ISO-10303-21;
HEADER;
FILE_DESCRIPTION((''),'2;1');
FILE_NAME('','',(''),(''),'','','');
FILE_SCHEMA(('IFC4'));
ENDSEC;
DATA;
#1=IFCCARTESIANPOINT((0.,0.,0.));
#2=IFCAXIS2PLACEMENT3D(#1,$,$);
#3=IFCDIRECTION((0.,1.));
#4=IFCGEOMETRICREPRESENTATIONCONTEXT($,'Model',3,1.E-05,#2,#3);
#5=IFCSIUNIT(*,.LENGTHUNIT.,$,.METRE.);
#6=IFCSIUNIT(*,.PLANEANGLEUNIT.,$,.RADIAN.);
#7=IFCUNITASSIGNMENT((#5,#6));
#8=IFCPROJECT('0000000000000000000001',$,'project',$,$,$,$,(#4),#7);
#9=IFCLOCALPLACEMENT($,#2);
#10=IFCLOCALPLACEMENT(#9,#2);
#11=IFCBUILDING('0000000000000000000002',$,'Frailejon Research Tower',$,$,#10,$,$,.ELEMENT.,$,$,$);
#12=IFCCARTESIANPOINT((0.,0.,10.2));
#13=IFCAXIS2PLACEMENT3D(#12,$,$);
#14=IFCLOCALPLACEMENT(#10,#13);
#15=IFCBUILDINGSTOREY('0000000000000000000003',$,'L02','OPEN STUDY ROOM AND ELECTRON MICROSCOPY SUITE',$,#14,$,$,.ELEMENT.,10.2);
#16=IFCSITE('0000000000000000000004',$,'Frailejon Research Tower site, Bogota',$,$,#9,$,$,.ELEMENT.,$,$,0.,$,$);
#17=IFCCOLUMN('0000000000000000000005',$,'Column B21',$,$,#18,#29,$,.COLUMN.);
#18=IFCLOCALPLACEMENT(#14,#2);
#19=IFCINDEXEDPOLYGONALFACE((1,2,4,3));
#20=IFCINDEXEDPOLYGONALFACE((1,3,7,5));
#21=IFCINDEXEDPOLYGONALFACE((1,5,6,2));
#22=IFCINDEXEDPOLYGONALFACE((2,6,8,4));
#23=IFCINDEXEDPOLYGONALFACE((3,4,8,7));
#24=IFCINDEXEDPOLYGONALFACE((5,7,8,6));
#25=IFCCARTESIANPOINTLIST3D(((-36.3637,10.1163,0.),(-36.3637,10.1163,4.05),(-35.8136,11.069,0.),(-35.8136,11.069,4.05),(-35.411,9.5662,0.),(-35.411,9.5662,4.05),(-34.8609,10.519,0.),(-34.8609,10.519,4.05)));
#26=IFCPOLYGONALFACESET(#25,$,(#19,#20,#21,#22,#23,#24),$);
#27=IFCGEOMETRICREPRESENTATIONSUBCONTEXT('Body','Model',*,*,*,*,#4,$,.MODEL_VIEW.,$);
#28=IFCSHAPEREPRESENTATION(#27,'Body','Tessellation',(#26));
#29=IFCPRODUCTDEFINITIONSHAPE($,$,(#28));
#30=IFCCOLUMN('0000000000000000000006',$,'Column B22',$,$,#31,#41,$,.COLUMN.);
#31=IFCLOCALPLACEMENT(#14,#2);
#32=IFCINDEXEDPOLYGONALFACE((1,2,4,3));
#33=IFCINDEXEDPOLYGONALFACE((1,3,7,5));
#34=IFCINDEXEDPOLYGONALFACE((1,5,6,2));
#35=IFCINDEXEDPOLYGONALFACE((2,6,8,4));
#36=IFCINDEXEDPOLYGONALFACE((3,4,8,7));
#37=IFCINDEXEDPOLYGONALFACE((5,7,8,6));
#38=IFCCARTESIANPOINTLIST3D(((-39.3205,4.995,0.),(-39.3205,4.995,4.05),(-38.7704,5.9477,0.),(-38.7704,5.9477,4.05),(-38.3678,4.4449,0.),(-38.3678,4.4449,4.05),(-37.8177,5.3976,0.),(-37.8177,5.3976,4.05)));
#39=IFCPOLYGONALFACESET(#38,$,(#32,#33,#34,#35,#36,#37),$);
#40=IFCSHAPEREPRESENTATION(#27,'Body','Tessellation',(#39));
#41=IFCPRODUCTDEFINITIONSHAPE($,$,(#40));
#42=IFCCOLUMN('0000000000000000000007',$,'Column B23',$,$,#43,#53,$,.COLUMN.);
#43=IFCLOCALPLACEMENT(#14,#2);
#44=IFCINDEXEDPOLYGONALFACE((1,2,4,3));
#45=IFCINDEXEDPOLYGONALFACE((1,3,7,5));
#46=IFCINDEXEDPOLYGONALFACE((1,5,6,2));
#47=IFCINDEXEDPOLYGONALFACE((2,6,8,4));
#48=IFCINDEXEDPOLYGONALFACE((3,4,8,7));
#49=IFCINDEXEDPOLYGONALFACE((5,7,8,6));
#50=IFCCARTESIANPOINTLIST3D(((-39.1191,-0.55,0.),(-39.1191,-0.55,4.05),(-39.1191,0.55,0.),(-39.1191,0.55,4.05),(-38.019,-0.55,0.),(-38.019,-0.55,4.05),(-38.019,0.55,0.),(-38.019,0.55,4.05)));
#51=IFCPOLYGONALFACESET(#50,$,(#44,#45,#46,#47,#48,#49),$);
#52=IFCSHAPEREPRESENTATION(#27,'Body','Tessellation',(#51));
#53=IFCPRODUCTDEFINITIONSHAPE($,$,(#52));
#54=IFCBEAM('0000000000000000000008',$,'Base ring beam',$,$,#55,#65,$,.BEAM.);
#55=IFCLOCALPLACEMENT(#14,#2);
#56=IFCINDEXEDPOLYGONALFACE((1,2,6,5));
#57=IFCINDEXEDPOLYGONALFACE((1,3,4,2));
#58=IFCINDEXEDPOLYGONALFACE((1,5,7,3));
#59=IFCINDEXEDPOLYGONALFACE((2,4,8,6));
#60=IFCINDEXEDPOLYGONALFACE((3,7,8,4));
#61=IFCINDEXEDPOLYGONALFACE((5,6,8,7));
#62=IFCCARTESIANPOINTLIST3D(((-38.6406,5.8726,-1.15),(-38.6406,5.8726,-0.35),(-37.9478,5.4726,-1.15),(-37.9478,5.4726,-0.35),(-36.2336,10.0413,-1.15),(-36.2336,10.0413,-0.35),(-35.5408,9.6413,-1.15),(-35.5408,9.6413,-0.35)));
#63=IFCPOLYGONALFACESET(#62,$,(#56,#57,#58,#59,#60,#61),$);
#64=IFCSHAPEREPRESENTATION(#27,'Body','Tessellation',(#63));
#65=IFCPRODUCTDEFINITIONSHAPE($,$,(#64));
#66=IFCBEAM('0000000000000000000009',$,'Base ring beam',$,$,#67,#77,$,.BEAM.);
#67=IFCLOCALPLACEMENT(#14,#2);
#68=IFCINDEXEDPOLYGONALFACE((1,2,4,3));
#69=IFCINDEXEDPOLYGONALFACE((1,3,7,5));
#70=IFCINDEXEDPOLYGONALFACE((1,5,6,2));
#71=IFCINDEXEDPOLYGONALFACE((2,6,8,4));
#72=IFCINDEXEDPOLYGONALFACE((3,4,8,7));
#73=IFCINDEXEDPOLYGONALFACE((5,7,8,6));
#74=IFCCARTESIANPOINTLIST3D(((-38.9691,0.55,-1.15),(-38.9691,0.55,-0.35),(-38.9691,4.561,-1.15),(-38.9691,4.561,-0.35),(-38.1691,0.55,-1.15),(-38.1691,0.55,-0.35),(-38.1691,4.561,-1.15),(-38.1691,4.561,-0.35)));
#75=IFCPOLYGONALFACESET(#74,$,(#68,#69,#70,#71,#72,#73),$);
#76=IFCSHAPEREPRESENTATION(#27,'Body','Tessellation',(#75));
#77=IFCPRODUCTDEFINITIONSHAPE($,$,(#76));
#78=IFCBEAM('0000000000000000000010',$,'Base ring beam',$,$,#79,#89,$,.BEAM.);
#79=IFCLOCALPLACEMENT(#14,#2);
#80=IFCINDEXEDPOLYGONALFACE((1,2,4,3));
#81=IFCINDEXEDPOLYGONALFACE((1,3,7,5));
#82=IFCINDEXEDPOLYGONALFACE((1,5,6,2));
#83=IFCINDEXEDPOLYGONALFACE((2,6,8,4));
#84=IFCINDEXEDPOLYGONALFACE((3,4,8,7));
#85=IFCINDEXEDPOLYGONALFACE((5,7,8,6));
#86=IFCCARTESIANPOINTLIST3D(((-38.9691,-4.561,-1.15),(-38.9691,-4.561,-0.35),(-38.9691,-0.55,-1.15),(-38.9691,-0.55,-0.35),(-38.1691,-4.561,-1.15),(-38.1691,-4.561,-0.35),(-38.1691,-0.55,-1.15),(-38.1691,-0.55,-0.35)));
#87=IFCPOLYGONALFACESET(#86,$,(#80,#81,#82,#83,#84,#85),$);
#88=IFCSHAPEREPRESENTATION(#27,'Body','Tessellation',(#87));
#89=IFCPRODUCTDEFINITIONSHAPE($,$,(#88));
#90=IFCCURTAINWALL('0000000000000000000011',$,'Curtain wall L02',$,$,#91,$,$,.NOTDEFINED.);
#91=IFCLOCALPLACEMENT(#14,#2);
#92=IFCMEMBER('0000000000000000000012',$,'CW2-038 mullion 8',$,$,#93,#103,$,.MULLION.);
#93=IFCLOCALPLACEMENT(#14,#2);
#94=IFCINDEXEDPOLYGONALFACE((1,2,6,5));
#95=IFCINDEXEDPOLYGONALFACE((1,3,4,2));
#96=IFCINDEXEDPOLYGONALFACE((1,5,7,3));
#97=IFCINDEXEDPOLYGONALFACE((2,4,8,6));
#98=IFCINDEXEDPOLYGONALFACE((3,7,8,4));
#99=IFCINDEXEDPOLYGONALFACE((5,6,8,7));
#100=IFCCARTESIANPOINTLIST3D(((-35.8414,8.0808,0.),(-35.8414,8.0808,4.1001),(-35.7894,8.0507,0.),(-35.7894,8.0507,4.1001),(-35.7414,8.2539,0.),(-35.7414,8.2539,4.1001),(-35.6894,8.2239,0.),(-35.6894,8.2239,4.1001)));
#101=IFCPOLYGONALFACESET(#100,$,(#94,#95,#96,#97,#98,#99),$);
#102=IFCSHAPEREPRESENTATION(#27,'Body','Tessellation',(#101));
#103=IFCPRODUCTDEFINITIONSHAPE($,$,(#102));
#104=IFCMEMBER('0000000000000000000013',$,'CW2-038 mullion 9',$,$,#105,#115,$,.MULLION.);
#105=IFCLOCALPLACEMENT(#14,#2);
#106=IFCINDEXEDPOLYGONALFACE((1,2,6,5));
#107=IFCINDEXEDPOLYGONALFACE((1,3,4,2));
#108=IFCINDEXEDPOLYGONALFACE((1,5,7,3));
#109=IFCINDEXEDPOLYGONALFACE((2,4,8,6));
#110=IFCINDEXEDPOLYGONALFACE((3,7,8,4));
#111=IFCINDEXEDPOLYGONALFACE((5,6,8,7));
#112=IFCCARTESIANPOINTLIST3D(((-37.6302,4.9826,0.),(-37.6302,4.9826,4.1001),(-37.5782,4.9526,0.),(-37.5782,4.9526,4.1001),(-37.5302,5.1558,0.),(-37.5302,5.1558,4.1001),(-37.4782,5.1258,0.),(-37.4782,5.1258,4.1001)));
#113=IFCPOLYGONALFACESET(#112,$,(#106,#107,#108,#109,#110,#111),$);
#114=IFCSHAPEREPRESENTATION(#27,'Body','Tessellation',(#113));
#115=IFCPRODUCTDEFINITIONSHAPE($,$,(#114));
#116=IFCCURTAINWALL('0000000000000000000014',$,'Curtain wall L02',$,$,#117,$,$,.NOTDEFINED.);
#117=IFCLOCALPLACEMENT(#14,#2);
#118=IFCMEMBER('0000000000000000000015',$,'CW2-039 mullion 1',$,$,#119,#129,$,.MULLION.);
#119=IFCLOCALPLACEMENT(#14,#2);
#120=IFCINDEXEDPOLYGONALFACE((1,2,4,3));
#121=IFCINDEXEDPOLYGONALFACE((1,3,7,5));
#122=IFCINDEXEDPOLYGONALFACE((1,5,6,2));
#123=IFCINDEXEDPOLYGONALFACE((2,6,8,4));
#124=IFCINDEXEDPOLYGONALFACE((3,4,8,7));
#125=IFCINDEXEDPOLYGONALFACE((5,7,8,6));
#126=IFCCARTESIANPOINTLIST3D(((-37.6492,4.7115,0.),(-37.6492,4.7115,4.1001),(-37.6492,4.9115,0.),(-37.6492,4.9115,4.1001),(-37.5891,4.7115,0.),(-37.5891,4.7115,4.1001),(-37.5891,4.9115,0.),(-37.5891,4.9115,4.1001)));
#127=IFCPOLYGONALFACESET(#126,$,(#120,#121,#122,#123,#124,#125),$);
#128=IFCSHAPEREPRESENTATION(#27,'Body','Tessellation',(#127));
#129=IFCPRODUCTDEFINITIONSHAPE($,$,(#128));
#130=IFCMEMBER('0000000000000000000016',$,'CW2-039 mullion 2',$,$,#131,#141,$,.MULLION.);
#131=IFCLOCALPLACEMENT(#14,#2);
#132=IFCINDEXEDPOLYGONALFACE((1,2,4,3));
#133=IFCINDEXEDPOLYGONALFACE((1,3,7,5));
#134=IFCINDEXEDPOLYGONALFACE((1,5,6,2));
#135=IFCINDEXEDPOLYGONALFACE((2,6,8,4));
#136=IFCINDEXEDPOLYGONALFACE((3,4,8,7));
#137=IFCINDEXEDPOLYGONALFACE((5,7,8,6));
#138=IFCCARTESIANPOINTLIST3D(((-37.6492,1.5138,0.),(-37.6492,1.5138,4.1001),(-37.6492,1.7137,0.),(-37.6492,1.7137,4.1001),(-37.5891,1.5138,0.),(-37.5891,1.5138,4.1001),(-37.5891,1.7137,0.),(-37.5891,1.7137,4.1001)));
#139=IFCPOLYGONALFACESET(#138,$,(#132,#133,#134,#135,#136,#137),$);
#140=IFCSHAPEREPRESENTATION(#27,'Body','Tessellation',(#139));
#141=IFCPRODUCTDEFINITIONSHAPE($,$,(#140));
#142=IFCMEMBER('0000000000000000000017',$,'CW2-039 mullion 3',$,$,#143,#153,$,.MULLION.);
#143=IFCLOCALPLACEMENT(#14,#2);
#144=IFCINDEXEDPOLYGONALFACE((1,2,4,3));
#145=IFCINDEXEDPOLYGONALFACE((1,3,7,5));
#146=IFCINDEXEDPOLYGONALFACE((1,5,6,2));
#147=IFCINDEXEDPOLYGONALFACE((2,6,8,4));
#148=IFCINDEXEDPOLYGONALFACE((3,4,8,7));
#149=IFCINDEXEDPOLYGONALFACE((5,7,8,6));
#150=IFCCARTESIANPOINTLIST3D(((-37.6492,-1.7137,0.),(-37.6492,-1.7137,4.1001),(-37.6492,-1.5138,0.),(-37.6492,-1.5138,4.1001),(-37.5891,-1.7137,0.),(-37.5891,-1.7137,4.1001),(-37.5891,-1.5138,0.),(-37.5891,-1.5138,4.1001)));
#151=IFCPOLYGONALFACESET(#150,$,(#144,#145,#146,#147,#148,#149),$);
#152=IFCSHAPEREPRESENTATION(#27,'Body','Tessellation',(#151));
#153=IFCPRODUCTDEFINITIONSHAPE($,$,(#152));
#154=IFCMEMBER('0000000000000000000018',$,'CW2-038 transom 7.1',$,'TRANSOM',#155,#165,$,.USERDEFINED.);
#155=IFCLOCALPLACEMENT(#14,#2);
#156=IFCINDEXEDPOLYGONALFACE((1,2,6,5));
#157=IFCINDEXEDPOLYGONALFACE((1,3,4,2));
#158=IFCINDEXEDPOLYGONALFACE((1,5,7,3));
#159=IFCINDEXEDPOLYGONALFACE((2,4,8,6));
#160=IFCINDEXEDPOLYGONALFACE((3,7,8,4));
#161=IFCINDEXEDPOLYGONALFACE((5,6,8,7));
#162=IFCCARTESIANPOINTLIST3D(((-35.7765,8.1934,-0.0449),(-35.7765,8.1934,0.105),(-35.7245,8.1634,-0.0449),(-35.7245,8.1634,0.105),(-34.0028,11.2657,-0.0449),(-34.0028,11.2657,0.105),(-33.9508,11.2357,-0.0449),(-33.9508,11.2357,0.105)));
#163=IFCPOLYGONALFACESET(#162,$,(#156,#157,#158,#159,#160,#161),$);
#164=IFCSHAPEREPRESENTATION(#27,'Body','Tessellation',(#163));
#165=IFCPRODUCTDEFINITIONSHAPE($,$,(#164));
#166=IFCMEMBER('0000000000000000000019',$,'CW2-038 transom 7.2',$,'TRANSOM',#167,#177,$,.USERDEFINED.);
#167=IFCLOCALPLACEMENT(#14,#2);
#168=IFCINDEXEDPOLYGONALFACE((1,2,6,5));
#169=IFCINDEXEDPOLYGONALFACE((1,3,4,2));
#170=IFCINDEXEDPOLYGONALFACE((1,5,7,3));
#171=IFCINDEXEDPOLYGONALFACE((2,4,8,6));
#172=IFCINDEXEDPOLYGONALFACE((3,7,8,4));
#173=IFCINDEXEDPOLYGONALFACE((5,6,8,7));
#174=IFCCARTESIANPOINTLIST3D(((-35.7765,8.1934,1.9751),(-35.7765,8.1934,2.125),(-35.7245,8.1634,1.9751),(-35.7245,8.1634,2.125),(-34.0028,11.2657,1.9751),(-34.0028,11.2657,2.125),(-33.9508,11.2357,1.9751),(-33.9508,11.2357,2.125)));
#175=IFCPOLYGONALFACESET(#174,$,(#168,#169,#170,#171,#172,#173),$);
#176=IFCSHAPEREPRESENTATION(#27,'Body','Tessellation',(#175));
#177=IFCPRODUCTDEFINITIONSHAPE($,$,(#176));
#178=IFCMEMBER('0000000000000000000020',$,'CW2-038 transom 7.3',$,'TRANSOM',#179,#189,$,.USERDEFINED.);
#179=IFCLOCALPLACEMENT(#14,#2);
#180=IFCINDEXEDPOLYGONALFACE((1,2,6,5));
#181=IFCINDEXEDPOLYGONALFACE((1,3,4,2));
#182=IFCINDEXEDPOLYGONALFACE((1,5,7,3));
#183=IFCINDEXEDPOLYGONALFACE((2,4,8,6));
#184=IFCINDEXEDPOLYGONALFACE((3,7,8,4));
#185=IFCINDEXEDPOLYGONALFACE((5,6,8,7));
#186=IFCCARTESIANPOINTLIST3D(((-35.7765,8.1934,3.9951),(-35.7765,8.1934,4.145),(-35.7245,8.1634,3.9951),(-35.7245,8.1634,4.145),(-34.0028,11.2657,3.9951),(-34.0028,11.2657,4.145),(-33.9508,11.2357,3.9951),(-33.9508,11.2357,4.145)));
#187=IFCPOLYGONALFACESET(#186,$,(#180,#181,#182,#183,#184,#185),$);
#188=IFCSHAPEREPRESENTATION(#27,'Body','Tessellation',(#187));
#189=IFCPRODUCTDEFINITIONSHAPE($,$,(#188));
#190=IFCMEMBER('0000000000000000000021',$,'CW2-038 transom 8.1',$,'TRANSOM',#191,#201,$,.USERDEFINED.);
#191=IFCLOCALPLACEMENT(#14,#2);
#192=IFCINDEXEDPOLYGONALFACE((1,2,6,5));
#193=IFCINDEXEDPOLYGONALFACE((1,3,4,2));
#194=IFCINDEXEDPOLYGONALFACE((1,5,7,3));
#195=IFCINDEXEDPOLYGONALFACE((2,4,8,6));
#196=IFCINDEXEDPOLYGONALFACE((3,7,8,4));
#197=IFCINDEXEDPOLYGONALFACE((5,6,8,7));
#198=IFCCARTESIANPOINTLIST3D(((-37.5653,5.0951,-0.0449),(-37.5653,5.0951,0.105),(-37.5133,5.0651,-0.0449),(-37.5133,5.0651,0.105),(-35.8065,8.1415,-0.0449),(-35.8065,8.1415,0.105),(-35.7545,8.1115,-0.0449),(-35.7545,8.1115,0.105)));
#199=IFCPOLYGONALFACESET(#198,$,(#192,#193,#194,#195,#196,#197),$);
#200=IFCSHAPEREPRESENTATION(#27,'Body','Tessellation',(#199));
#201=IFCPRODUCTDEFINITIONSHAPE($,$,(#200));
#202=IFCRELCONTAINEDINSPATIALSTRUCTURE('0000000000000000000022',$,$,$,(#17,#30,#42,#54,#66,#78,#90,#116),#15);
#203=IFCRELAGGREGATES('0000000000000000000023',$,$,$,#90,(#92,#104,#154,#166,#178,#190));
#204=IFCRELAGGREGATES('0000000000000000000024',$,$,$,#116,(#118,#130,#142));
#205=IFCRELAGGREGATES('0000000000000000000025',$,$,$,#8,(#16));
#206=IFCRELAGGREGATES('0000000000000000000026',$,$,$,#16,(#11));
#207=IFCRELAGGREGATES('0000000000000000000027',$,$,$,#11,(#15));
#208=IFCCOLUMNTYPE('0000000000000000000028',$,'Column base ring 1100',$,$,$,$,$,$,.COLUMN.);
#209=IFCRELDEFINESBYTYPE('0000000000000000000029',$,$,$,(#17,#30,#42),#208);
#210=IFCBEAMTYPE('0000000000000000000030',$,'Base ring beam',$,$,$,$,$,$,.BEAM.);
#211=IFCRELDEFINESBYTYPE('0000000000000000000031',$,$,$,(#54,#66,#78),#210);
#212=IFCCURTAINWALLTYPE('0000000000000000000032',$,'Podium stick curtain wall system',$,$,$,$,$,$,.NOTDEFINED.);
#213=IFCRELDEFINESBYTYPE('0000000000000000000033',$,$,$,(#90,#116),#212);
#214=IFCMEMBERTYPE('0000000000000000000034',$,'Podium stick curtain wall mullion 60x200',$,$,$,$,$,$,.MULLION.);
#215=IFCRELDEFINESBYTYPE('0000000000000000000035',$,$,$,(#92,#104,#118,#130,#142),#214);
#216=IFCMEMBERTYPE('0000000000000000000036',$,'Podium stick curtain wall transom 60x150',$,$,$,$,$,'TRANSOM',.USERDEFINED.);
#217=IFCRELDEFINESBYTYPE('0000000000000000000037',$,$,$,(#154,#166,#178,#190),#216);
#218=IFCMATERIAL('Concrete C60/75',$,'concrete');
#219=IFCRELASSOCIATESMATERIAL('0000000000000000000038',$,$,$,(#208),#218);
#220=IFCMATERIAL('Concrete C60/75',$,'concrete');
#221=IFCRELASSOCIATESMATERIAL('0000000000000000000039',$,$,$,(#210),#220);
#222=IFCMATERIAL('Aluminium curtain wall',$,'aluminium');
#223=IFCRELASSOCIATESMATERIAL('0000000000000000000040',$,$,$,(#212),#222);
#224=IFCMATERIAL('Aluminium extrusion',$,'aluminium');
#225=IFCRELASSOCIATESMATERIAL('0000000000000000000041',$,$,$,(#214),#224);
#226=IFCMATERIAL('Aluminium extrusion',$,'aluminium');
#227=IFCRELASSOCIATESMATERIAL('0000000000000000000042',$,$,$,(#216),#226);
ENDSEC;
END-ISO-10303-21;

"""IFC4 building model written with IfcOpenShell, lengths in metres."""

from ifc_helpers import new_model, si_unit, direction, frame, origin, origin_2d, place, context, subcontext, project, spatial, rectangle, extrude, material, material_profile, profile_set, type_object, element, aggregate, save


model = new_model("IFC4")

# Units and contexts
model_context = context("Model", 3, precision=1e-05, world=origin(), true_north=direction((0.0, 1.0)))
body_context = subcontext(model_context, "Body", "Model", "MODEL_VIEW")
ifc_project = project(units=[si_unit("LENGTHUNIT", "METRE"), si_unit("PLANEANGLEUNIT", "RADIAN")], contexts=[model_context])

# Site, building, storey
site_placement = place(None, origin())
site = spatial("IfcSite", under=ifc_project, at=site_placement, Name="Frailejon Research Tower site, Bogota", CompositionType="ELEMENT", RefElevation=0.0)
building_placement = place(site_placement, origin())
building = spatial("IfcBuilding", under=site, at=building_placement, Name="Frailejon Research Tower", CompositionType="ELEMENT")
storey_placement = place(building_placement, frame((0.0, 0.0, 10.2)))
storey = spatial("IfcBuildingStorey", under=building, at=storey_placement, Name="L02", Description="OPEN STUDY ROOM AND ELECTRON MICROSCOPY SUITE", CompositionType="ELEMENT", Elevation=10.2)

# Columns
ifc_material_1 = material(Name="Concrete C60/75", Category="concrete")
ifc_material_profile_1 = material_profile(ifc_material_1, rectangle(XDim=1.1001, YDim=1.1001, at=origin_2d()), Name="Column base ring 1100")
ifc_profile_set_1 = profile_set([ifc_material_profile_1], Name="Concrete C60/75")
column_type = type_object("IfcColumnType", Name="Column base ring 1100", PredefinedType="COLUMN", material=ifc_profile_set_1)
for number, where, z_axis, x_axis, name in (
    (1, (-35.6123, 10.3176, 0.0), (0.0, 0.0, 1.0), (-0.5, -0.866025, 0.0), "Column B21"),
    (2, (-38.5691, 5.1963, 0.0), (0.0, 0.0, 1.0), (-0.5, -0.866025, 0.0), "Column B22"),
    (3, (-38.5691, 0.0, 0.0), (0.0, 0.0, 1.0), (0.0, -1.0, 0.0), "Column B23"),
):
    element("IfcColumn", number, at=place(storey_placement, frame(where, z_axis=z_axis, x_axis=x_axis)), inside=storey, type_object=column_type, Name=name, PredefinedType="COLUMN", context=body_context, shape_type="SweptSolid", body=[
        extrude(rectangle(XDim=1.1001, YDim=1.1001, at=origin_2d()), origin(), (0.0, 0.0, 1.0), 4.05),
    ])

# Beams
ifc_material_2 = material(Name="Concrete C60/75", Category="concrete")
ifc_material_profile_2 = material_profile(ifc_material_2, rectangle(XDim=0.8, YDim=0.8, at=origin_2d()), Name="Base ring beam")
ifc_profile_set_2 = profile_set([ifc_material_profile_2], Name="Concrete C60/75")
beam_type = type_object("IfcBeamType", Name="Base ring beam", PredefinedType="BEAM", material=ifc_profile_set_2)
beam_placement = place(storey_placement, frame((-35.8872, 9.8413, -0.75), z_axis=(-0.500028, -0.866009, 0.0), x_axis=(0.866009, -0.500028, 0.0)))
element("IfcBeam", 4, at=beam_placement, inside=storey, type_object=beam_type, Name="Base ring beam", PredefinedType="BEAM", context=body_context, shape_type="SweptSolid", body=[
    extrude(rectangle(XDim=0.8, YDim=0.8, at=origin_2d()), origin(), (0.0, 0.0, 1.0), 4.8137),
])
for number, where, z_axis, x_axis, name in (
    (5, (-38.5691, 4.561, -0.75), (0.0, -1.0, 0.0), (1.0, 0.0, 0.0), "Base ring beam"),
    (6, (-38.5691, -0.55, -0.75), (0.0, -1.0, 0.0), (1.0, 0.0, 0.0), "Base ring beam"),
):
    element("IfcBeam", number, at=place(storey_placement, frame(where, z_axis=z_axis, x_axis=x_axis)), inside=storey, type_object=beam_type, Name=name, PredefinedType="BEAM", context=body_context, shape_type="SweptSolid", body=[
        extrude(rectangle(XDim=0.8, YDim=0.8, at=origin_2d()), origin(), (0.0, 0.0, 1.0), 4.011),
    ])

# Curtain walls, members
ifc_material_3 = material(Name="Aluminium curtain wall", Category="aluminium")
curtain_wall_type = type_object("IfcCurtainWallType", Name="Podium stick curtain wall system", PredefinedType="NOTDEFINED", material=ifc_material_3)
curtain_wall_1_placement = place(storey_placement, origin())
curtain_wall_1 = element("IfcCurtainWall", 7, at=curtain_wall_1_placement, inside=storey, type_object=curtain_wall_type, Name="Curtain wall L02", PredefinedType="NOTDEFINED")
ifc_material_4 = material(Name="Aluminium extrusion", Category="aluminium")
ifc_material_profile_3 = material_profile(ifc_material_4, rectangle(XDim=0.0601, YDim=0.2, at=origin_2d()), Name="Podium stick curtain wall mullion 60x200")
ifc_profile_set_3 = profile_set([ifc_material_profile_3], Name="Aluminium extrusion")
member_type_1 = type_object("IfcMemberType", Name="Podium stick curtain wall mullion 60x200", PredefinedType="MULLION", material=ifc_profile_set_3)
member_1_placement = place(storey_placement, frame((-35.7654, 8.1523, 0.0), z_axis=(0.0, 0.0, 1.0), x_axis=(0.866026, -0.499998, 0.0)))
member_1 = element("IfcMember", 8, at=member_1_placement, type_object=member_type_1, Name="CW2-038 mullion 8", PredefinedType="MULLION", context=body_context, shape_type="SweptSolid", body=[
    extrude(rectangle(XDim=0.0601, YDim=0.2, at=origin_2d()), origin(), (0.0, 0.0, 1.0), 4.1001),
])
member_2_placement = place(storey_placement, frame((-37.5542, 5.0542, 0.0), z_axis=(0.0, 0.0, 1.0), x_axis=(0.866026, -0.499998, 0.0)))
member_2 = element("IfcMember", 9, at=member_2_placement, type_object=member_type_1, Name="CW2-038 mullion 9", PredefinedType="MULLION", context=body_context, shape_type="SweptSolid", body=[
    extrude(rectangle(XDim=0.0601, YDim=0.2, at=origin_2d()), origin(), (0.0, 0.0, 1.0), 4.1001),
])
curtain_wall_2_placement = place(storey_placement, origin())
curtain_wall_2 = element("IfcCurtainWall", 10, at=curtain_wall_2_placement, inside=storey, type_object=curtain_wall_type, Name="Curtain wall L02", PredefinedType="NOTDEFINED")
member_3_placement = place(storey_placement, frame((-37.6191, 4.8115, 0.0), z_axis=(0.0, 0.0, 1.0), x_axis=(1.0, 0.0, 0.0)))
member_3 = element("IfcMember", 11, at=member_3_placement, type_object=member_type_1, Name="CW2-039 mullion 1", PredefinedType="MULLION", context=body_context, shape_type="SweptSolid", body=[
    extrude(rectangle(XDim=0.0601, YDim=0.2, at=origin_2d()), origin(), (0.0, 0.0, 1.0), 4.1001),
])
member_4_placement = place(storey_placement, frame((-37.6191, 1.6138, 0.0), z_axis=(0.0, 0.0, 1.0), x_axis=(1.0, 0.0, 0.0)))
member_4 = element("IfcMember", 12, at=member_4_placement, type_object=member_type_1, Name="CW2-039 mullion 2", PredefinedType="MULLION", context=body_context, shape_type="SweptSolid", body=[
    extrude(rectangle(XDim=0.0601, YDim=0.2, at=origin_2d()), origin(), (0.0, 0.0, 1.0), 4.1001),
])
member_5_placement = place(storey_placement, frame((-37.6191, -1.6138, 0.0), z_axis=(0.0, 0.0, 1.0), x_axis=(1.0, 0.0, 0.0)))
member_5 = element("IfcMember", 13, at=member_5_placement, type_object=member_type_1, Name="CW2-039 mullion 3", PredefinedType="MULLION", context=body_context, shape_type="SweptSolid", body=[
    extrude(rectangle(XDim=0.0601, YDim=0.2, at=origin_2d()), origin(), (0.0, 0.0, 1.0), 4.1001),
])

# Members
ifc_material_5 = material(Name="Aluminium extrusion", Category="aluminium")
ifc_material_profile_4 = material_profile(ifc_material_5, rectangle(XDim=0.0601, YDim=0.1499, at=origin_2d()), Name="Podium stick curtain wall transom 60x150")
ifc_profile_set_4 = profile_set([ifc_material_profile_4], Name="Aluminium extrusion")
member_type_2 = type_object("IfcMemberType", Name="Podium stick curtain wall transom 60x150", ElementType="TRANSOM", PredefinedType="USERDEFINED", material=ifc_profile_set_4)
member_6_placement = place(storey_placement, frame((-33.9768, 11.2507, 0.03), z_axis=(-0.499981, -0.866037, 0.0), x_axis=(0.866037, -0.499981, 0.0)))
member_6 = element("IfcMember", 14, at=member_6_placement, type_object=member_type_2, Name="CW2-038 transom 7.1", ObjectType="TRANSOM", PredefinedType="USERDEFINED", context=body_context, shape_type="SweptSolid", body=[
    extrude(rectangle(XDim=0.0601, YDim=0.1499, at=origin_2d()), origin(), (0.0, 0.0, 1.0), 3.5476),
])
member_7_placement = place(storey_placement, frame((-33.9768, 11.2507, 2.05), z_axis=(-0.499981, -0.866037, 0.0), x_axis=(0.866037, -0.499981, 0.0)))
member_7 = element("IfcMember", 15, at=member_7_placement, type_object=member_type_2, Name="CW2-038 transom 7.2", ObjectType="TRANSOM", PredefinedType="USERDEFINED", context=body_context, shape_type="SweptSolid", body=[
    extrude(rectangle(XDim=0.0601, YDim=0.1499, at=origin_2d()), origin(), (0.0, 0.0, 1.0), 3.5476),
])
member_8_placement = place(storey_placement, frame((-33.9768, 11.2507, 4.0701), z_axis=(-0.499981, -0.866037, 0.0), x_axis=(0.866037, -0.499981, 0.0)))
member_8 = element("IfcMember", 16, at=member_8_placement, type_object=member_type_2, Name="CW2-038 transom 7.3", ObjectType="TRANSOM", PredefinedType="USERDEFINED", context=body_context, shape_type="SweptSolid", body=[
    extrude(rectangle(XDim=0.0601, YDim=0.1499, at=origin_2d()), origin(), (0.0, 0.0, 1.0), 3.5476),
])
member_9_placement = place(storey_placement, frame((-35.7805, 8.1265, 0.03), z_axis=(-0.499991, -0.866031, 0.0), x_axis=(0.866031, -0.499991, 0.0)))
member_9 = element("IfcMember", 17, at=member_9_placement, type_object=member_type_2, Name="CW2-038 transom 8.1", ObjectType="TRANSOM", PredefinedType="USERDEFINED", context=body_context, shape_type="SweptSolid", body=[
    extrude(rectangle(XDim=0.0601, YDim=0.1499, at=origin_2d()), origin(), (0.0, 0.0, 1.0), 3.5176),
])

aggregate(curtain_wall_1, [member_1, member_2, member_6, member_7, member_8, member_9])
aggregate(curtain_wall_2, [member_3, member_4, member_5])

save(model, "model.ifc")
